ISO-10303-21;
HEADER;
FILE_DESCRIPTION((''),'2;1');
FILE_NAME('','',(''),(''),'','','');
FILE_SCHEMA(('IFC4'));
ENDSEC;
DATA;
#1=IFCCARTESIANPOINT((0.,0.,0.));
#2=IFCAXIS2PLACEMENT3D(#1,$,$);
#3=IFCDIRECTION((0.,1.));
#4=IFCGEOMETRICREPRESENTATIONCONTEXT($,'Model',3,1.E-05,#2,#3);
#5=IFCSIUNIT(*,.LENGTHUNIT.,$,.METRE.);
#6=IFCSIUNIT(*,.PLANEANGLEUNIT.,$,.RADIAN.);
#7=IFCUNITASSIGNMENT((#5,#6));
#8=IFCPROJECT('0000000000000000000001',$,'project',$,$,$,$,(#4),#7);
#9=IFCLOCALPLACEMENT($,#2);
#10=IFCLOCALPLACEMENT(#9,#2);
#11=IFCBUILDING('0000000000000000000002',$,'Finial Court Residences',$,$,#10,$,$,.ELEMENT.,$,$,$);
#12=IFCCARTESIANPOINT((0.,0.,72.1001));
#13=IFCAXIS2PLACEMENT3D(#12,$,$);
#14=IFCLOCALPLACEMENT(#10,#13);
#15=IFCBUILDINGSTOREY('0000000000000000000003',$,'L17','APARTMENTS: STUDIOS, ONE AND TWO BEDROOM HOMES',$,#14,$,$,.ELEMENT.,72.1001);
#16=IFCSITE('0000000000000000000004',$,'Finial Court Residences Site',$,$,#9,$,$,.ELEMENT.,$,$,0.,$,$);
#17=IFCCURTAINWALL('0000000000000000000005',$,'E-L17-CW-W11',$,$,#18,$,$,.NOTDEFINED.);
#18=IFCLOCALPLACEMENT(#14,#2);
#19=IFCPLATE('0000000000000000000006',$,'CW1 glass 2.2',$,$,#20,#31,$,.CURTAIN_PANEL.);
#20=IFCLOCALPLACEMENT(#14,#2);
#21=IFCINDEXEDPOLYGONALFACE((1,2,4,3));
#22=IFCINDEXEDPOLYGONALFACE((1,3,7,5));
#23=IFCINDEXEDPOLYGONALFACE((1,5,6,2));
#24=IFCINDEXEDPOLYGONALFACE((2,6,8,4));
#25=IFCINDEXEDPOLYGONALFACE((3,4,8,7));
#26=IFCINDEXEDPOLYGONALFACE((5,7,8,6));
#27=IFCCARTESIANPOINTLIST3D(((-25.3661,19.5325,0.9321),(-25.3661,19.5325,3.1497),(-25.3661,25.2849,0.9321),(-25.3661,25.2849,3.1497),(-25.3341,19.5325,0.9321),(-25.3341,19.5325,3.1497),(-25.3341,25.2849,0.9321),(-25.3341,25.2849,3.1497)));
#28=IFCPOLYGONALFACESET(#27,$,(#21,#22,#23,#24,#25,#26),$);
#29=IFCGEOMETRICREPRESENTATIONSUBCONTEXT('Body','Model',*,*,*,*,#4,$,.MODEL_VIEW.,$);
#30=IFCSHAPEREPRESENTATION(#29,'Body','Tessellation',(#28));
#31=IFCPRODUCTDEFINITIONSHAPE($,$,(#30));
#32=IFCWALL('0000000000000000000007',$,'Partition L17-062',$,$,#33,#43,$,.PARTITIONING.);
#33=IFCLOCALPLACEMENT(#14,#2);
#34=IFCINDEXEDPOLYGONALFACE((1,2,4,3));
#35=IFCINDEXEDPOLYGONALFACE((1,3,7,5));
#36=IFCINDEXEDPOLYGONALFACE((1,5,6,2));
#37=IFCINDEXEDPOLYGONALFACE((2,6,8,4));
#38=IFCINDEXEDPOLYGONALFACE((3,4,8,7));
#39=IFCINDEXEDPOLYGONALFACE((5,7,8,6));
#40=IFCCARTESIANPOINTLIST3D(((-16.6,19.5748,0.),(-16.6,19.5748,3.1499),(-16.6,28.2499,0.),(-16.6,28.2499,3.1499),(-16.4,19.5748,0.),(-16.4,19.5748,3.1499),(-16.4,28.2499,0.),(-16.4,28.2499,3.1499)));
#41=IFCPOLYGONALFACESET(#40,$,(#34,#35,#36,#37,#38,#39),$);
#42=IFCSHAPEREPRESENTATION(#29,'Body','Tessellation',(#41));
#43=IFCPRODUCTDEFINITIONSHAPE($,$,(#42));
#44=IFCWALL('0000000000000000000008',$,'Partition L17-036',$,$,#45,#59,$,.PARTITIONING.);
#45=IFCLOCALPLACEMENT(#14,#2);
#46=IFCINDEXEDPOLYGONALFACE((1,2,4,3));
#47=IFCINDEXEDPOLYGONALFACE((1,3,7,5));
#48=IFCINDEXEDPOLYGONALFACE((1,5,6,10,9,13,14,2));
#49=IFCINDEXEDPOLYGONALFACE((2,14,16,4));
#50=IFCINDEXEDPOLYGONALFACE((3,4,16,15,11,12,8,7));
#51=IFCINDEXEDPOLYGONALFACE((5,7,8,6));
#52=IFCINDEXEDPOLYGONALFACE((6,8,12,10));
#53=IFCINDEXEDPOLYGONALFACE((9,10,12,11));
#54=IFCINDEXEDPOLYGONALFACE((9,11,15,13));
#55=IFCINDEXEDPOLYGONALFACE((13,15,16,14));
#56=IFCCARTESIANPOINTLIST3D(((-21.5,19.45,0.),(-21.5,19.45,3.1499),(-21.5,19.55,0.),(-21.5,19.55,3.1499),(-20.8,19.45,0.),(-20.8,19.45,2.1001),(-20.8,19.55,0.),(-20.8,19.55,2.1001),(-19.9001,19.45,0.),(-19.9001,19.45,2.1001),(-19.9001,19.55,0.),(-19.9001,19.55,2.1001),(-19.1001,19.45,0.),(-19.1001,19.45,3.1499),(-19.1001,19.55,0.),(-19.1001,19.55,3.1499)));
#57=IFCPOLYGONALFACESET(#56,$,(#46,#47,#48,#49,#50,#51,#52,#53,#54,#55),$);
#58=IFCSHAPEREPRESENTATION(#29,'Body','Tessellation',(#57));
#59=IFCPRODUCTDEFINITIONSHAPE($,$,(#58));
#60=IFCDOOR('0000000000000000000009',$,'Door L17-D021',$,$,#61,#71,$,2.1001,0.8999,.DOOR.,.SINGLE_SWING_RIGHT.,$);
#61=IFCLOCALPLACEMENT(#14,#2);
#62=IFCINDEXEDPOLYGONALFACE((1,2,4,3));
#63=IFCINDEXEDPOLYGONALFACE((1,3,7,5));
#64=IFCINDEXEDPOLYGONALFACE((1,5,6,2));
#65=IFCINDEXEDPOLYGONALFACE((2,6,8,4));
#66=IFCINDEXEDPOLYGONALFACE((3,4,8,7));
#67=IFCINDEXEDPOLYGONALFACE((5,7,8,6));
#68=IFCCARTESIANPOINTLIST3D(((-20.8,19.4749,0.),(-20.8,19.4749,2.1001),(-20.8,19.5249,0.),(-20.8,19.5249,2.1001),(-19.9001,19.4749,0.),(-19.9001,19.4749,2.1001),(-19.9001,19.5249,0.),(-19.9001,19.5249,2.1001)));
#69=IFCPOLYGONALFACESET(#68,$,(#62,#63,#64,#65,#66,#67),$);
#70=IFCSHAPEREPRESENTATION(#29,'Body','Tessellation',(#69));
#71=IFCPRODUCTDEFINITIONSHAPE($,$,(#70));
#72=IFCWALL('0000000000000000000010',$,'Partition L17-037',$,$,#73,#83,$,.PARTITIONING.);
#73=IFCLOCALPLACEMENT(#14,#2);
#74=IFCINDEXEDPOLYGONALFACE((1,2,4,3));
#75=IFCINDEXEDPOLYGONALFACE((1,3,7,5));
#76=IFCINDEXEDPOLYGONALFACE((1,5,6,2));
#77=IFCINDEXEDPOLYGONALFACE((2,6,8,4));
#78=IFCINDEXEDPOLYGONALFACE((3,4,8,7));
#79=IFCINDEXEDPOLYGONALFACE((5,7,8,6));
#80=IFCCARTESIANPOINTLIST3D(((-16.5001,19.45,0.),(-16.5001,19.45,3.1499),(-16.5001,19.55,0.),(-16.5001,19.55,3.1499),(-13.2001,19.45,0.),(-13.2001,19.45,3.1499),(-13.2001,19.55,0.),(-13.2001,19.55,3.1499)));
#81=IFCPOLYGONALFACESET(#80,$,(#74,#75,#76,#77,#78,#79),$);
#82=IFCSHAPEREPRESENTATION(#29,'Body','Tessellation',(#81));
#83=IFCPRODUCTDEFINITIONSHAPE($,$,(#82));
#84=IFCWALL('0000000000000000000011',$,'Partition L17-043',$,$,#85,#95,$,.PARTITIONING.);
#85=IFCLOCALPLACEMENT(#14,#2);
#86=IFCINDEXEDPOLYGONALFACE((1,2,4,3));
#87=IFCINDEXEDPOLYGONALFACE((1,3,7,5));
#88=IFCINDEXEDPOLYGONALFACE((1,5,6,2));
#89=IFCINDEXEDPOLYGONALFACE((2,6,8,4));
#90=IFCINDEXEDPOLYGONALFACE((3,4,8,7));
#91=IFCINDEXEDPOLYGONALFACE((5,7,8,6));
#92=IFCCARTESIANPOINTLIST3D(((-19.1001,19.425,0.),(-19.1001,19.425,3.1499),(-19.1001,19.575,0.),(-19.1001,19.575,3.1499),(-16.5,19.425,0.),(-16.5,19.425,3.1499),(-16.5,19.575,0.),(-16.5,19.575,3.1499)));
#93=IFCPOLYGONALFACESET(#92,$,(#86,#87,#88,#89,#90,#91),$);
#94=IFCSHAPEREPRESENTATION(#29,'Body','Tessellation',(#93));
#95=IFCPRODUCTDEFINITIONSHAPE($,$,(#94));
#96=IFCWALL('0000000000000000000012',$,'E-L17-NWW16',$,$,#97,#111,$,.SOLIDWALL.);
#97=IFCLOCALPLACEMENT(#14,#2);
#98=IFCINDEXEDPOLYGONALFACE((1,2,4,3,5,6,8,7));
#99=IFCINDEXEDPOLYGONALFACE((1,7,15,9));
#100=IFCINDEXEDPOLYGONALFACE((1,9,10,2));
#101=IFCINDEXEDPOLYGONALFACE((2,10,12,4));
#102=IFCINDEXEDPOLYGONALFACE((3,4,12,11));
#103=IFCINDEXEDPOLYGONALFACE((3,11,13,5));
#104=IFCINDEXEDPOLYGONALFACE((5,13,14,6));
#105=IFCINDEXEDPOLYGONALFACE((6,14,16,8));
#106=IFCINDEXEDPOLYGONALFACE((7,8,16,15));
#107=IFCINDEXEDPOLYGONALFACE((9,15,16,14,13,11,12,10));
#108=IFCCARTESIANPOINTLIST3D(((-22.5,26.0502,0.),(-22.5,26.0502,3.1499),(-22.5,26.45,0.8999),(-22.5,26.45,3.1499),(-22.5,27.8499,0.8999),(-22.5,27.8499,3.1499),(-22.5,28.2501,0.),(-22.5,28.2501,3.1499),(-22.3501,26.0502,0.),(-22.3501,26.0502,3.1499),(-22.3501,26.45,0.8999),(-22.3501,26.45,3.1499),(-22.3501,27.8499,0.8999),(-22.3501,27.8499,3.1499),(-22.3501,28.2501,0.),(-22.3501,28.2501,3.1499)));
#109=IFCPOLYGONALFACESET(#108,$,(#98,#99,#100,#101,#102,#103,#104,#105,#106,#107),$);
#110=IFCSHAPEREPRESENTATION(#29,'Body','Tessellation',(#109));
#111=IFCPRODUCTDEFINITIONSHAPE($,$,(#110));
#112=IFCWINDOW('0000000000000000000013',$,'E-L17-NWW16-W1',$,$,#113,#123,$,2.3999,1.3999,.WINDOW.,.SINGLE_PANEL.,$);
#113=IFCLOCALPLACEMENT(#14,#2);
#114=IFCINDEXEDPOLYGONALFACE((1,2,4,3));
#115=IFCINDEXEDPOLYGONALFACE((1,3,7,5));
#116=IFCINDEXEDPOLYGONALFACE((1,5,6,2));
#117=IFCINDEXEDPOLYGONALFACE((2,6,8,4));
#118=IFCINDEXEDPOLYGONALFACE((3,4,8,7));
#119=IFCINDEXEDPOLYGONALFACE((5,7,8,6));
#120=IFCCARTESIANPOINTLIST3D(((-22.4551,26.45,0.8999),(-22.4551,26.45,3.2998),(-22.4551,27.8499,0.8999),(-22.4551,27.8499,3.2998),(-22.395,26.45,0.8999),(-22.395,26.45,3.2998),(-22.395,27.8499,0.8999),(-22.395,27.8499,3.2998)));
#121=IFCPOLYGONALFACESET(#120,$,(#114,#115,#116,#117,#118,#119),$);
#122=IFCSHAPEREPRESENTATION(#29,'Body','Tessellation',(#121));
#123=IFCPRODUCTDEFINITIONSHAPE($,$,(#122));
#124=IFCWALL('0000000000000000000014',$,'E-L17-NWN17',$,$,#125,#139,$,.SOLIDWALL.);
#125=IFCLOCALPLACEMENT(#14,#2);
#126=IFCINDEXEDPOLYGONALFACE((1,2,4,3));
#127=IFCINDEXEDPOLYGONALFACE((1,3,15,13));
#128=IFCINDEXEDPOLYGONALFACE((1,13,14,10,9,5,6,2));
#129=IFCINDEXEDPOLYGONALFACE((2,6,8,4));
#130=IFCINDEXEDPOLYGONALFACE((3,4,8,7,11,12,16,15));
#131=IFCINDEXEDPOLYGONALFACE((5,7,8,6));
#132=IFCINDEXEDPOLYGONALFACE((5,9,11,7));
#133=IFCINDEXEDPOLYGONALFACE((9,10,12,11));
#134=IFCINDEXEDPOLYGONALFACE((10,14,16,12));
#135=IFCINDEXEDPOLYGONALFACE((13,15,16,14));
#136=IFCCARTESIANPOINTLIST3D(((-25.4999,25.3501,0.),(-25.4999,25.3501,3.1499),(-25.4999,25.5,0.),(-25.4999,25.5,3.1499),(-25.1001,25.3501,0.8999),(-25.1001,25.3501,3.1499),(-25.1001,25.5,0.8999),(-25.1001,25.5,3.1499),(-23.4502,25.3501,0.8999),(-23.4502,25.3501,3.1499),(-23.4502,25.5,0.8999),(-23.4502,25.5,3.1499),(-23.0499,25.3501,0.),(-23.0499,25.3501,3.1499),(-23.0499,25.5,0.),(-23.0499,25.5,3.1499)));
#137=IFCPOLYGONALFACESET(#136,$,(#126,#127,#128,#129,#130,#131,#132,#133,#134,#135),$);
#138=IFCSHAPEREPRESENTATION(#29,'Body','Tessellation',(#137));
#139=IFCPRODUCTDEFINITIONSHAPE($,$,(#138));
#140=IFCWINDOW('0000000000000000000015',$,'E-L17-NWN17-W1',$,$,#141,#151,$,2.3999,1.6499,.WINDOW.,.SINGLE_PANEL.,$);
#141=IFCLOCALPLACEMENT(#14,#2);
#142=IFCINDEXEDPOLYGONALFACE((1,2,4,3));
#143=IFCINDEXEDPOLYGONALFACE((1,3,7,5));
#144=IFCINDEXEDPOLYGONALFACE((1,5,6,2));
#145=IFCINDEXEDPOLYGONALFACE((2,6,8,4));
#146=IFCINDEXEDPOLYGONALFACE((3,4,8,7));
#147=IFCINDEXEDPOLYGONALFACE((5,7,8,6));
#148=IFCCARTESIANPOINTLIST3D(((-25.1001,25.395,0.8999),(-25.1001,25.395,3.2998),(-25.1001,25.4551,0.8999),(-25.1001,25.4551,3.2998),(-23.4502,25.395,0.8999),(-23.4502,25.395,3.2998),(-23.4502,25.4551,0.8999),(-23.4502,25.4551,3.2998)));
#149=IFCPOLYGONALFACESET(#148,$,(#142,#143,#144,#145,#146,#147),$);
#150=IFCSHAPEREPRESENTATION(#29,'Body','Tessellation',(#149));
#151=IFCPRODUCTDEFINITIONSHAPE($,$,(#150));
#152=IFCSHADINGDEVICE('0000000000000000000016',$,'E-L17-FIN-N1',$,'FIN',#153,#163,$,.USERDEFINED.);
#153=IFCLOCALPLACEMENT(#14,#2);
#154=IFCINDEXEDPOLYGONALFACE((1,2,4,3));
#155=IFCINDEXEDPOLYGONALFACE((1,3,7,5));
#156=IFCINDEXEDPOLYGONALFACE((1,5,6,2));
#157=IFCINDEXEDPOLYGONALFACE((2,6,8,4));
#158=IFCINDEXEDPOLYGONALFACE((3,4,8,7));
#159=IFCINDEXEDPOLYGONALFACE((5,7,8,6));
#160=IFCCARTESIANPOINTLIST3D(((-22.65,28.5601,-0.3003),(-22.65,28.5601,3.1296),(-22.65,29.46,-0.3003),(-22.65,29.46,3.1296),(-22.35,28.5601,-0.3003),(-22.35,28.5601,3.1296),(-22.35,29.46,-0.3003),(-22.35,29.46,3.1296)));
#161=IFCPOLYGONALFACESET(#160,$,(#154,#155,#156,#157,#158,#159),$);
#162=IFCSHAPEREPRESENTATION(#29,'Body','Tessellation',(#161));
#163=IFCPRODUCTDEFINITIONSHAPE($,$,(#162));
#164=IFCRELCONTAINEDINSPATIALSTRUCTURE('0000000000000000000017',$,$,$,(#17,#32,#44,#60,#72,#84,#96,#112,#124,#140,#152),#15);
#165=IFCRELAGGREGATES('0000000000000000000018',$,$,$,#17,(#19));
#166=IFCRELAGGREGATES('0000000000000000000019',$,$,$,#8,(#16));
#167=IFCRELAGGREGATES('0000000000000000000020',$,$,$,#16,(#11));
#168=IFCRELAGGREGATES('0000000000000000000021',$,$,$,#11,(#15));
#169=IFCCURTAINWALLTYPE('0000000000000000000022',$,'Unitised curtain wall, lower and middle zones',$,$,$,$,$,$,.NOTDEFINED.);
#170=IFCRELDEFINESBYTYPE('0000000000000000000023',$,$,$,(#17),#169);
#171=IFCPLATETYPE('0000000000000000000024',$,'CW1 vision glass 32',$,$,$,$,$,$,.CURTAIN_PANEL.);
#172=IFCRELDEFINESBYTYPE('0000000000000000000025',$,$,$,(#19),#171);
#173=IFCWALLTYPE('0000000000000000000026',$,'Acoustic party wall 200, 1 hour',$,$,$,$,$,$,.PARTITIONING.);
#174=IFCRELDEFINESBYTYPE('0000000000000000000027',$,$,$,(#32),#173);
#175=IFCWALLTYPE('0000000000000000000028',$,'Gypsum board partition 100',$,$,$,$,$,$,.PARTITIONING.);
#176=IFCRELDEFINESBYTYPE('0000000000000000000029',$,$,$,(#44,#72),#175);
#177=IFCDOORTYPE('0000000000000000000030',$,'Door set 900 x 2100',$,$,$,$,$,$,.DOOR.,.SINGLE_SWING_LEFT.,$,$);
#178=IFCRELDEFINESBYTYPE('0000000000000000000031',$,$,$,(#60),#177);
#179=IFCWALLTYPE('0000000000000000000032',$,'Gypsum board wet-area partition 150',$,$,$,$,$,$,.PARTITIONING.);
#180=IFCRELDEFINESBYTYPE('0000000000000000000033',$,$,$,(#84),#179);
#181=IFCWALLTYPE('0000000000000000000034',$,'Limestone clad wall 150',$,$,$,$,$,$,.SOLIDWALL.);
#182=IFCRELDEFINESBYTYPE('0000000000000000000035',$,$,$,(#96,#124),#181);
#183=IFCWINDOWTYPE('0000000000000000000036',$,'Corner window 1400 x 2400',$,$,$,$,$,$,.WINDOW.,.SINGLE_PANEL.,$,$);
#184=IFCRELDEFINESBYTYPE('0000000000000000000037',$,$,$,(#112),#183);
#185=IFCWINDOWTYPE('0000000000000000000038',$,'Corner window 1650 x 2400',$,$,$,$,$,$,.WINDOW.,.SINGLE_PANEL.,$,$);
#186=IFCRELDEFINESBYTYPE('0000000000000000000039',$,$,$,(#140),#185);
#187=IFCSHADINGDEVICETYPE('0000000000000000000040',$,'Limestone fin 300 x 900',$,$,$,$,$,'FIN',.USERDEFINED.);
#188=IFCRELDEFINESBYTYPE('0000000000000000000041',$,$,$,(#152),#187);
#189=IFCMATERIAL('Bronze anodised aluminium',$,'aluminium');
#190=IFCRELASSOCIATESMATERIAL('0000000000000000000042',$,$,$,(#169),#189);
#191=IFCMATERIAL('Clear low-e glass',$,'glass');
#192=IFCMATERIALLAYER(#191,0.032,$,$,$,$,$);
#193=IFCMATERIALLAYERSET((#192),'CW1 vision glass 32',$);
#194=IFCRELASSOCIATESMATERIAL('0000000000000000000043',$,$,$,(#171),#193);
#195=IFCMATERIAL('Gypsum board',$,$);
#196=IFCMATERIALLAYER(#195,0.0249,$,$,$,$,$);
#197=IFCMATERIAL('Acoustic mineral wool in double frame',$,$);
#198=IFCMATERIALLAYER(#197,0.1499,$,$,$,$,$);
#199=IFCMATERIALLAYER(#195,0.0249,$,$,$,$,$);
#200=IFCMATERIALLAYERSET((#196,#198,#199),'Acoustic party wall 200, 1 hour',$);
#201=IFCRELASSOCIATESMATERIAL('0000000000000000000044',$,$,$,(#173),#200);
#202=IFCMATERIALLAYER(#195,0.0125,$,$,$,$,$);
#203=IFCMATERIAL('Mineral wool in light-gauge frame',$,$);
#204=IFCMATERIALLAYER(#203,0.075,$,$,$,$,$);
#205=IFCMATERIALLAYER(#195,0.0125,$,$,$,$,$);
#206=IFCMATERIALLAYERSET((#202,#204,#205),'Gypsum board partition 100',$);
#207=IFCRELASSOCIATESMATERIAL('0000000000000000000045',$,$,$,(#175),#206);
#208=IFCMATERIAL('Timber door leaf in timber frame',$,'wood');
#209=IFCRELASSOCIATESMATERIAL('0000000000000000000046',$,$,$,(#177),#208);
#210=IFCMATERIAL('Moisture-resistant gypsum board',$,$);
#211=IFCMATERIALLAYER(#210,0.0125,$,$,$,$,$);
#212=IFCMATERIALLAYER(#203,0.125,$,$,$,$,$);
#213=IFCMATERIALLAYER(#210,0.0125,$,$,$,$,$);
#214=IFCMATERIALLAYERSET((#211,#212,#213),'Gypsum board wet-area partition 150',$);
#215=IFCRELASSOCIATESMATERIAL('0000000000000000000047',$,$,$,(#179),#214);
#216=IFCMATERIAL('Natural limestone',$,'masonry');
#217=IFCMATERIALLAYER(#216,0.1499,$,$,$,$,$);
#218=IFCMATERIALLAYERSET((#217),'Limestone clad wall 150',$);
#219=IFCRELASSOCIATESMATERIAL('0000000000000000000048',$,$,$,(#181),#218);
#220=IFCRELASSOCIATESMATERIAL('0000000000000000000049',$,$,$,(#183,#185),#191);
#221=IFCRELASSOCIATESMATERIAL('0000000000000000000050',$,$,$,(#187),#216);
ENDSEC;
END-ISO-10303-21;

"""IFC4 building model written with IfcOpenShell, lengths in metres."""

from ifc_helpers import new_model, si_unit, direction, frame, frame_2d, origin, origin_2d, place, context, subcontext, project, spatial, rectangle, extrude, material, layer, layer_set, type_object, element, fill, aggregate, save


model = new_model("IFC4")

# Units and contexts
model_context = context("Model", 3, precision=1e-05, world=origin(), true_north=direction((0.0, 1.0)))
body_context = subcontext(model_context, "Body", "Model", "MODEL_VIEW")
ifc_project = project(units=[si_unit("LENGTHUNIT", "METRE"), si_unit("PLANEANGLEUNIT", "RADIAN")], contexts=[model_context])

# Site, building, storey
site_placement = place(None, origin())
site = spatial("IfcSite", under=ifc_project, at=site_placement, Name="Finial Court Residences Site", CompositionType="ELEMENT", RefElevation=0.0)
building_placement = place(site_placement, origin())
building = spatial("IfcBuilding", under=site, at=building_placement, Name="Finial Court Residences", CompositionType="ELEMENT")
storey_placement = place(building_placement, frame((0.0, 0.0, 72.1001)))
storey = spatial("IfcBuildingStorey", under=building, at=storey_placement, Name="L17", Description="APARTMENTS: STUDIOS, ONE AND TWO BEDROOM HOMES", CompositionType="ELEMENT", Elevation=72.1001)

# Shared definitions
ifc_material_1 = material(Name="Bronze anodised aluminium", Category="aluminium")
curtain_wall_type = type_object("IfcCurtainWallType", Name="Unitised curtain wall, lower and middle zones", PredefinedType="NOTDEFINED", material=ifc_material_1)

# Curtain wall
curtain_wall_1_placement = place(storey_placement, origin())
curtain_wall_1 = element("IfcCurtainWall", 1, at=curtain_wall_1_placement, inside=storey, type_object=curtain_wall_type, Name="E-L17-CW-W11", PredefinedType="NOTDEFINED")

# Plate
ifc_material_2 = material(Name="Clear low-e glass", Category="glass")
ifc_layer_1 = layer(ifc_material_2, 0.032)
ifc_layer_set_1 = layer_set([ifc_layer_1], Name="CW1 vision glass 32")
plate_type_1 = type_object("IfcPlateType", Name="CW1 vision glass 32", PredefinedType="CURTAIN_PANEL", material=ifc_layer_set_1)
plate_1_placement = place(storey_placement, frame((-25.3501, 22.4087, 0.9321), z_axis=(0.0, 0.0, 1.0), x_axis=(0.0, 1.0, 0.0)))
plate_1 = element("IfcPlate", 2, at=plate_1_placement, type_object=plate_type_1, Name="CW1 glass 2.2", PredefinedType="CURTAIN_PANEL", context=body_context, shape_type="SweptSolid", body=[
    extrude(rectangle(XDim=5.7524, YDim=0.032, at=origin_2d()), origin(), (0.0, 0.0, 1.0), 2.2175),
])
aggregate(curtain_wall_1, [plate_1])

# Wall
ifc_material_3 = material(Name="Gypsum board")
ifc_layer_2 = layer(ifc_material_3, 0.0249)
ifc_material_4 = material(Name="Acoustic mineral wool in double frame")
ifc_layer_3 = layer(ifc_material_4, 0.1499)
ifc_layer_4 = layer(ifc_material_3, 0.0249)
ifc_layer_set_2 = layer_set([ifc_layer_2, ifc_layer_3, ifc_layer_4], Name="Acoustic party wall 200, 1 hour")
wall_type_1 = type_object("IfcWallType", Name="Acoustic party wall 200, 1 hour", PredefinedType="PARTITIONING", material=ifc_layer_set_2)
wall_1_placement = place(storey_placement, frame((-16.5, 19.575, 0.0), z_axis=(0.0, 0.0, 1.0), x_axis=(0.0, 1.0, 0.0)))
element("IfcWall", 3, at=wall_1_placement, inside=storey, type_object=wall_type_1, Name="Partition L17-062", PredefinedType="PARTITIONING", context=body_context, shape_type="SweptSolid", body=[
    extrude(rectangle(XDim=8.675, YDim=0.2, at=frame_2d((4.3374, 0.0))), origin(), (0.0, 0.0, 1.0), 3.1499),
])

# Wall, opening, door
ifc_layer_5 = layer(ifc_material_3, 0.0125)
ifc_material_5 = material(Name="Mineral wool in light-gauge frame")
ifc_layer_6 = layer(ifc_material_5, 0.075)
ifc_layer_7 = layer(ifc_material_3, 0.0125)
ifc_layer_set_3 = layer_set([ifc_layer_5, ifc_layer_6, ifc_layer_7], Name="Gypsum board partition 100")
wall_type_2 = type_object("IfcWallType", Name="Gypsum board partition 100", PredefinedType="PARTITIONING", material=ifc_layer_set_3)
wall_2_placement = place(storey_placement, frame((-21.5, 19.5, 0.0), z_axis=(0.0, 0.0, 1.0), x_axis=(1.0, 0.0, 0.0)))
wall_2 = element("IfcWall", 4, at=wall_2_placement, inside=storey, type_object=wall_type_2, Name="Partition L17-036", PredefinedType="PARTITIONING", context=body_context, shape_type="SweptSolid", body=[
    extrude(rectangle(XDim=2.3999, YDim=0.1001, at=frame_2d((1.2, 0.0))), origin(), (0.0, 0.0, 1.0), 3.1499),
])
opening_1_placement = place(wall_2_placement, frame((0.7, 0.0, 0.0)))
opening_1 = element("IfcOpeningElement", 5, at=opening_1_placement, cuts=wall_2, PredefinedType="OPENING", context=body_context, shape_type="SweptSolid", body=[
    extrude(rectangle(XDim=0.8999, YDim=2.1001, at=frame_2d((0.45, 1.05))), frame((0.0, 0.0601, 0.0), z_axis=(0.0, -1.0, 0.0), x_axis=(1.0, 0.0, 0.0)), (0.0, 0.0, 1.0), 0.1201),
])
ifc_material_6 = material(Name="Timber door leaf in timber frame", Category="wood")
door_type = type_object("IfcDoorType", Name="Door set 900 x 2100", OperationType="SINGLE_SWING_LEFT", PredefinedType="DOOR", material=ifc_material_6)
door_placement = place(opening_1_placement, origin())
door = element("IfcDoor", 6, at=door_placement, inside=storey, type_object=door_type, Name="Door L17-D021", OperationType="SINGLE_SWING_RIGHT", OverallHeight=2.1001, OverallWidth=0.8999, PredefinedType="DOOR", context=body_context, shape_type="SweptSolid", body=[
    extrude(rectangle(XDim=0.8999, YDim=2.1001, at=frame_2d((0.45, 1.05))), frame((0.0, 0.0249, 0.0), z_axis=(0.0, -1.0, 0.0), x_axis=(1.0, 0.0, 0.0)), (0.0, 0.0, 1.0), 0.05),
])
fill(opening_1, door)

# Walls
wall_3_placement = place(storey_placement, frame((-16.5, 19.5, 0.0), z_axis=(0.0, 0.0, 1.0), x_axis=(1.0, 0.0, 0.0)))
element("IfcWall", 7, at=wall_3_placement, inside=storey, type_object=wall_type_2, Name="Partition L17-037", PredefinedType="PARTITIONING", context=body_context, shape_type="SweptSolid", body=[
    extrude(rectangle(XDim=3.3, YDim=0.1001, at=frame_2d((1.6499, 0.0))), origin(), (0.0, 0.0, 1.0), 3.1499),
])
ifc_material_7 = material(Name="Moisture-resistant gypsum board")
ifc_layer_8 = layer(ifc_material_7, 0.0125)
ifc_layer_9 = layer(ifc_material_5, 0.125)
ifc_layer_10 = layer(ifc_material_7, 0.0125)
ifc_layer_set_4 = layer_set([ifc_layer_8, ifc_layer_9, ifc_layer_10], Name="Gypsum board wet-area partition 150")
wall_type_3 = type_object("IfcWallType", Name="Gypsum board wet-area partition 150", PredefinedType="PARTITIONING", material=ifc_layer_set_4)
wall_4_placement = place(storey_placement, frame((-19.1001, 19.5, 0.0), z_axis=(0.0, 0.0, 1.0), x_axis=(1.0, 0.0, 0.0)))
element("IfcWall", 8, at=wall_4_placement, inside=storey, type_object=wall_type_3, Name="Partition L17-043", PredefinedType="PARTITIONING", context=body_context, shape_type="SweptSolid", body=[
    extrude(rectangle(XDim=2.6001, YDim=0.1499, at=frame_2d((1.3, 0.0))), origin(), (0.0, 0.0, 1.0), 3.1499),
])

# Walls, openings, windows
ifc_material_8 = material(Name="Natural limestone", Category="masonry")
ifc_layer_11 = layer(ifc_material_8, 0.1499)
ifc_layer_set_5 = layer_set([ifc_layer_11], Name="Limestone clad wall 150")
wall_type_4 = type_object("IfcWallType", Name="Limestone clad wall 150", PredefinedType="SOLIDWALL", material=ifc_layer_set_5)
wall_5_placement = place(storey_placement, frame((-22.425, 26.05, 0.0), z_axis=(0.0, 0.0, 1.0), x_axis=(0.0, 1.0, 0.0)))
wall_5 = element("IfcWall", 9, at=wall_5_placement, inside=storey, type_object=wall_type_4, Name="E-L17-NWW16", PredefinedType="SOLIDWALL", context=body_context, shape_type="SweptSolid", body=[
    extrude(rectangle(XDim=2.2, YDim=0.1499, at=frame_2d((1.1001, 0.0))), origin(), (0.0, 0.0, 1.0), 3.1499),
])
opening_2_placement = place(wall_5_placement, frame((0.3999, 0.0, 0.8999)))
opening_2 = element("IfcOpeningElement", 10, at=opening_2_placement, cuts=wall_5, PredefinedType="OPENING", context=body_context, shape_type="SweptSolid", body=[
    extrude(rectangle(XDim=1.3999, YDim=2.3999, at=frame_2d((0.7, 1.2))), frame((0.0, 0.085, 0.0), z_axis=(0.0, -1.0, 0.0), x_axis=(1.0, 0.0, 0.0)), (0.0, 0.0, 1.0), 0.1699),
])
window_type_1 = type_object("IfcWindowType", Name="Corner window 1400 x 2400", PartitioningType="SINGLE_PANEL", PredefinedType="WINDOW", material=ifc_material_2)
window_1_placement = place(opening_2_placement, origin())
window_1 = element("IfcWindow", 11, at=window_1_placement, inside=storey, type_object=window_type_1, Name="E-L17-NWW16-W1", OverallHeight=2.3999, OverallWidth=1.3999, PartitioningType="SINGLE_PANEL", PredefinedType="WINDOW", context=body_context, shape_type="SweptSolid", body=[
    extrude(rectangle(XDim=1.3999, YDim=2.3999, at=frame_2d((0.7, 1.2))), frame((0.0, 0.03, 0.0), z_axis=(0.0, -1.0, 0.0), x_axis=(1.0, 0.0, 0.0)), (0.0, 0.0, 1.0), 0.0601),
])
fill(opening_2, window_1)
wall_6_placement = place(storey_placement, frame((-25.5, 25.425, 0.0), z_axis=(0.0, 0.0, 1.0), x_axis=(1.0, 0.0, 0.0)))
wall_6 = element("IfcWall", 12, at=wall_6_placement, inside=storey, type_object=wall_type_4, Name="E-L17-NWN17", PredefinedType="SOLIDWALL", context=body_context, shape_type="SweptSolid", body=[
    extrude(rectangle(XDim=2.45, YDim=0.1499, at=frame_2d((1.2251, 0.0))), origin(), (0.0, 0.0, 1.0), 3.1499),
])
opening_3_placement = place(wall_6_placement, frame((0.3999, 0.0, 0.8999)))
opening_3 = element("IfcOpeningElement", 13, at=opening_3_placement, cuts=wall_6, PredefinedType="OPENING", context=body_context, shape_type="SweptSolid", body=[
    extrude(rectangle(XDim=1.6499, YDim=2.3999, at=frame_2d((0.825, 1.2))), frame((0.0, 0.085, 0.0), z_axis=(0.0, -1.0, 0.0), x_axis=(1.0, 0.0, 0.0)), (0.0, 0.0, 1.0), 0.1699),
])
window_type_2 = type_object("IfcWindowType", Name="Corner window 1650 x 2400", PartitioningType="SINGLE_PANEL", PredefinedType="WINDOW", material=ifc_material_2)
window_2_placement = place(opening_3_placement, origin())
window_2 = element("IfcWindow", 14, at=window_2_placement, inside=storey, type_object=window_type_2, Name="E-L17-NWN17-W1", OverallHeight=2.3999, OverallWidth=1.6499, PartitioningType="SINGLE_PANEL", PredefinedType="WINDOW", context=body_context, shape_type="SweptSolid", body=[
    extrude(rectangle(XDim=1.6499, YDim=2.3999, at=frame_2d((0.825, 1.2))), frame((0.0, 0.03, 0.0), z_axis=(0.0, -1.0, 0.0), x_axis=(1.0, 0.0, 0.0)), (0.0, 0.0, 1.0), 0.0601),
])
fill(opening_3, window_2)

# Shading device
shading_device_type = type_object("IfcShadingDeviceType", Name="Limestone fin 300 x 900", ElementType="FIN", PredefinedType="USERDEFINED", material=ifc_material_8)
for number, where, z_axis, x_axis, name in (
    (15, (-22.5, 29.01, -0.3003), (0.0, 0.0, 1.0), (1.0, 0.0, 0.0), "E-L17-FIN-N1"),
):
    element("IfcShadingDevice", number, at=place(storey_placement, frame(where, z_axis=z_axis, x_axis=x_axis)), inside=storey, type_object=shading_device_type, Name=name, ObjectType="FIN", PredefinedType="USERDEFINED", context=body_context, shape_type="SweptSolid", body=[
        extrude(rectangle(XDim=0.3, YDim=0.8999, at=origin_2d()), origin(), (0.0, 0.0, 1.0), 3.4299),
    ])

save(model, "model.ifc")
